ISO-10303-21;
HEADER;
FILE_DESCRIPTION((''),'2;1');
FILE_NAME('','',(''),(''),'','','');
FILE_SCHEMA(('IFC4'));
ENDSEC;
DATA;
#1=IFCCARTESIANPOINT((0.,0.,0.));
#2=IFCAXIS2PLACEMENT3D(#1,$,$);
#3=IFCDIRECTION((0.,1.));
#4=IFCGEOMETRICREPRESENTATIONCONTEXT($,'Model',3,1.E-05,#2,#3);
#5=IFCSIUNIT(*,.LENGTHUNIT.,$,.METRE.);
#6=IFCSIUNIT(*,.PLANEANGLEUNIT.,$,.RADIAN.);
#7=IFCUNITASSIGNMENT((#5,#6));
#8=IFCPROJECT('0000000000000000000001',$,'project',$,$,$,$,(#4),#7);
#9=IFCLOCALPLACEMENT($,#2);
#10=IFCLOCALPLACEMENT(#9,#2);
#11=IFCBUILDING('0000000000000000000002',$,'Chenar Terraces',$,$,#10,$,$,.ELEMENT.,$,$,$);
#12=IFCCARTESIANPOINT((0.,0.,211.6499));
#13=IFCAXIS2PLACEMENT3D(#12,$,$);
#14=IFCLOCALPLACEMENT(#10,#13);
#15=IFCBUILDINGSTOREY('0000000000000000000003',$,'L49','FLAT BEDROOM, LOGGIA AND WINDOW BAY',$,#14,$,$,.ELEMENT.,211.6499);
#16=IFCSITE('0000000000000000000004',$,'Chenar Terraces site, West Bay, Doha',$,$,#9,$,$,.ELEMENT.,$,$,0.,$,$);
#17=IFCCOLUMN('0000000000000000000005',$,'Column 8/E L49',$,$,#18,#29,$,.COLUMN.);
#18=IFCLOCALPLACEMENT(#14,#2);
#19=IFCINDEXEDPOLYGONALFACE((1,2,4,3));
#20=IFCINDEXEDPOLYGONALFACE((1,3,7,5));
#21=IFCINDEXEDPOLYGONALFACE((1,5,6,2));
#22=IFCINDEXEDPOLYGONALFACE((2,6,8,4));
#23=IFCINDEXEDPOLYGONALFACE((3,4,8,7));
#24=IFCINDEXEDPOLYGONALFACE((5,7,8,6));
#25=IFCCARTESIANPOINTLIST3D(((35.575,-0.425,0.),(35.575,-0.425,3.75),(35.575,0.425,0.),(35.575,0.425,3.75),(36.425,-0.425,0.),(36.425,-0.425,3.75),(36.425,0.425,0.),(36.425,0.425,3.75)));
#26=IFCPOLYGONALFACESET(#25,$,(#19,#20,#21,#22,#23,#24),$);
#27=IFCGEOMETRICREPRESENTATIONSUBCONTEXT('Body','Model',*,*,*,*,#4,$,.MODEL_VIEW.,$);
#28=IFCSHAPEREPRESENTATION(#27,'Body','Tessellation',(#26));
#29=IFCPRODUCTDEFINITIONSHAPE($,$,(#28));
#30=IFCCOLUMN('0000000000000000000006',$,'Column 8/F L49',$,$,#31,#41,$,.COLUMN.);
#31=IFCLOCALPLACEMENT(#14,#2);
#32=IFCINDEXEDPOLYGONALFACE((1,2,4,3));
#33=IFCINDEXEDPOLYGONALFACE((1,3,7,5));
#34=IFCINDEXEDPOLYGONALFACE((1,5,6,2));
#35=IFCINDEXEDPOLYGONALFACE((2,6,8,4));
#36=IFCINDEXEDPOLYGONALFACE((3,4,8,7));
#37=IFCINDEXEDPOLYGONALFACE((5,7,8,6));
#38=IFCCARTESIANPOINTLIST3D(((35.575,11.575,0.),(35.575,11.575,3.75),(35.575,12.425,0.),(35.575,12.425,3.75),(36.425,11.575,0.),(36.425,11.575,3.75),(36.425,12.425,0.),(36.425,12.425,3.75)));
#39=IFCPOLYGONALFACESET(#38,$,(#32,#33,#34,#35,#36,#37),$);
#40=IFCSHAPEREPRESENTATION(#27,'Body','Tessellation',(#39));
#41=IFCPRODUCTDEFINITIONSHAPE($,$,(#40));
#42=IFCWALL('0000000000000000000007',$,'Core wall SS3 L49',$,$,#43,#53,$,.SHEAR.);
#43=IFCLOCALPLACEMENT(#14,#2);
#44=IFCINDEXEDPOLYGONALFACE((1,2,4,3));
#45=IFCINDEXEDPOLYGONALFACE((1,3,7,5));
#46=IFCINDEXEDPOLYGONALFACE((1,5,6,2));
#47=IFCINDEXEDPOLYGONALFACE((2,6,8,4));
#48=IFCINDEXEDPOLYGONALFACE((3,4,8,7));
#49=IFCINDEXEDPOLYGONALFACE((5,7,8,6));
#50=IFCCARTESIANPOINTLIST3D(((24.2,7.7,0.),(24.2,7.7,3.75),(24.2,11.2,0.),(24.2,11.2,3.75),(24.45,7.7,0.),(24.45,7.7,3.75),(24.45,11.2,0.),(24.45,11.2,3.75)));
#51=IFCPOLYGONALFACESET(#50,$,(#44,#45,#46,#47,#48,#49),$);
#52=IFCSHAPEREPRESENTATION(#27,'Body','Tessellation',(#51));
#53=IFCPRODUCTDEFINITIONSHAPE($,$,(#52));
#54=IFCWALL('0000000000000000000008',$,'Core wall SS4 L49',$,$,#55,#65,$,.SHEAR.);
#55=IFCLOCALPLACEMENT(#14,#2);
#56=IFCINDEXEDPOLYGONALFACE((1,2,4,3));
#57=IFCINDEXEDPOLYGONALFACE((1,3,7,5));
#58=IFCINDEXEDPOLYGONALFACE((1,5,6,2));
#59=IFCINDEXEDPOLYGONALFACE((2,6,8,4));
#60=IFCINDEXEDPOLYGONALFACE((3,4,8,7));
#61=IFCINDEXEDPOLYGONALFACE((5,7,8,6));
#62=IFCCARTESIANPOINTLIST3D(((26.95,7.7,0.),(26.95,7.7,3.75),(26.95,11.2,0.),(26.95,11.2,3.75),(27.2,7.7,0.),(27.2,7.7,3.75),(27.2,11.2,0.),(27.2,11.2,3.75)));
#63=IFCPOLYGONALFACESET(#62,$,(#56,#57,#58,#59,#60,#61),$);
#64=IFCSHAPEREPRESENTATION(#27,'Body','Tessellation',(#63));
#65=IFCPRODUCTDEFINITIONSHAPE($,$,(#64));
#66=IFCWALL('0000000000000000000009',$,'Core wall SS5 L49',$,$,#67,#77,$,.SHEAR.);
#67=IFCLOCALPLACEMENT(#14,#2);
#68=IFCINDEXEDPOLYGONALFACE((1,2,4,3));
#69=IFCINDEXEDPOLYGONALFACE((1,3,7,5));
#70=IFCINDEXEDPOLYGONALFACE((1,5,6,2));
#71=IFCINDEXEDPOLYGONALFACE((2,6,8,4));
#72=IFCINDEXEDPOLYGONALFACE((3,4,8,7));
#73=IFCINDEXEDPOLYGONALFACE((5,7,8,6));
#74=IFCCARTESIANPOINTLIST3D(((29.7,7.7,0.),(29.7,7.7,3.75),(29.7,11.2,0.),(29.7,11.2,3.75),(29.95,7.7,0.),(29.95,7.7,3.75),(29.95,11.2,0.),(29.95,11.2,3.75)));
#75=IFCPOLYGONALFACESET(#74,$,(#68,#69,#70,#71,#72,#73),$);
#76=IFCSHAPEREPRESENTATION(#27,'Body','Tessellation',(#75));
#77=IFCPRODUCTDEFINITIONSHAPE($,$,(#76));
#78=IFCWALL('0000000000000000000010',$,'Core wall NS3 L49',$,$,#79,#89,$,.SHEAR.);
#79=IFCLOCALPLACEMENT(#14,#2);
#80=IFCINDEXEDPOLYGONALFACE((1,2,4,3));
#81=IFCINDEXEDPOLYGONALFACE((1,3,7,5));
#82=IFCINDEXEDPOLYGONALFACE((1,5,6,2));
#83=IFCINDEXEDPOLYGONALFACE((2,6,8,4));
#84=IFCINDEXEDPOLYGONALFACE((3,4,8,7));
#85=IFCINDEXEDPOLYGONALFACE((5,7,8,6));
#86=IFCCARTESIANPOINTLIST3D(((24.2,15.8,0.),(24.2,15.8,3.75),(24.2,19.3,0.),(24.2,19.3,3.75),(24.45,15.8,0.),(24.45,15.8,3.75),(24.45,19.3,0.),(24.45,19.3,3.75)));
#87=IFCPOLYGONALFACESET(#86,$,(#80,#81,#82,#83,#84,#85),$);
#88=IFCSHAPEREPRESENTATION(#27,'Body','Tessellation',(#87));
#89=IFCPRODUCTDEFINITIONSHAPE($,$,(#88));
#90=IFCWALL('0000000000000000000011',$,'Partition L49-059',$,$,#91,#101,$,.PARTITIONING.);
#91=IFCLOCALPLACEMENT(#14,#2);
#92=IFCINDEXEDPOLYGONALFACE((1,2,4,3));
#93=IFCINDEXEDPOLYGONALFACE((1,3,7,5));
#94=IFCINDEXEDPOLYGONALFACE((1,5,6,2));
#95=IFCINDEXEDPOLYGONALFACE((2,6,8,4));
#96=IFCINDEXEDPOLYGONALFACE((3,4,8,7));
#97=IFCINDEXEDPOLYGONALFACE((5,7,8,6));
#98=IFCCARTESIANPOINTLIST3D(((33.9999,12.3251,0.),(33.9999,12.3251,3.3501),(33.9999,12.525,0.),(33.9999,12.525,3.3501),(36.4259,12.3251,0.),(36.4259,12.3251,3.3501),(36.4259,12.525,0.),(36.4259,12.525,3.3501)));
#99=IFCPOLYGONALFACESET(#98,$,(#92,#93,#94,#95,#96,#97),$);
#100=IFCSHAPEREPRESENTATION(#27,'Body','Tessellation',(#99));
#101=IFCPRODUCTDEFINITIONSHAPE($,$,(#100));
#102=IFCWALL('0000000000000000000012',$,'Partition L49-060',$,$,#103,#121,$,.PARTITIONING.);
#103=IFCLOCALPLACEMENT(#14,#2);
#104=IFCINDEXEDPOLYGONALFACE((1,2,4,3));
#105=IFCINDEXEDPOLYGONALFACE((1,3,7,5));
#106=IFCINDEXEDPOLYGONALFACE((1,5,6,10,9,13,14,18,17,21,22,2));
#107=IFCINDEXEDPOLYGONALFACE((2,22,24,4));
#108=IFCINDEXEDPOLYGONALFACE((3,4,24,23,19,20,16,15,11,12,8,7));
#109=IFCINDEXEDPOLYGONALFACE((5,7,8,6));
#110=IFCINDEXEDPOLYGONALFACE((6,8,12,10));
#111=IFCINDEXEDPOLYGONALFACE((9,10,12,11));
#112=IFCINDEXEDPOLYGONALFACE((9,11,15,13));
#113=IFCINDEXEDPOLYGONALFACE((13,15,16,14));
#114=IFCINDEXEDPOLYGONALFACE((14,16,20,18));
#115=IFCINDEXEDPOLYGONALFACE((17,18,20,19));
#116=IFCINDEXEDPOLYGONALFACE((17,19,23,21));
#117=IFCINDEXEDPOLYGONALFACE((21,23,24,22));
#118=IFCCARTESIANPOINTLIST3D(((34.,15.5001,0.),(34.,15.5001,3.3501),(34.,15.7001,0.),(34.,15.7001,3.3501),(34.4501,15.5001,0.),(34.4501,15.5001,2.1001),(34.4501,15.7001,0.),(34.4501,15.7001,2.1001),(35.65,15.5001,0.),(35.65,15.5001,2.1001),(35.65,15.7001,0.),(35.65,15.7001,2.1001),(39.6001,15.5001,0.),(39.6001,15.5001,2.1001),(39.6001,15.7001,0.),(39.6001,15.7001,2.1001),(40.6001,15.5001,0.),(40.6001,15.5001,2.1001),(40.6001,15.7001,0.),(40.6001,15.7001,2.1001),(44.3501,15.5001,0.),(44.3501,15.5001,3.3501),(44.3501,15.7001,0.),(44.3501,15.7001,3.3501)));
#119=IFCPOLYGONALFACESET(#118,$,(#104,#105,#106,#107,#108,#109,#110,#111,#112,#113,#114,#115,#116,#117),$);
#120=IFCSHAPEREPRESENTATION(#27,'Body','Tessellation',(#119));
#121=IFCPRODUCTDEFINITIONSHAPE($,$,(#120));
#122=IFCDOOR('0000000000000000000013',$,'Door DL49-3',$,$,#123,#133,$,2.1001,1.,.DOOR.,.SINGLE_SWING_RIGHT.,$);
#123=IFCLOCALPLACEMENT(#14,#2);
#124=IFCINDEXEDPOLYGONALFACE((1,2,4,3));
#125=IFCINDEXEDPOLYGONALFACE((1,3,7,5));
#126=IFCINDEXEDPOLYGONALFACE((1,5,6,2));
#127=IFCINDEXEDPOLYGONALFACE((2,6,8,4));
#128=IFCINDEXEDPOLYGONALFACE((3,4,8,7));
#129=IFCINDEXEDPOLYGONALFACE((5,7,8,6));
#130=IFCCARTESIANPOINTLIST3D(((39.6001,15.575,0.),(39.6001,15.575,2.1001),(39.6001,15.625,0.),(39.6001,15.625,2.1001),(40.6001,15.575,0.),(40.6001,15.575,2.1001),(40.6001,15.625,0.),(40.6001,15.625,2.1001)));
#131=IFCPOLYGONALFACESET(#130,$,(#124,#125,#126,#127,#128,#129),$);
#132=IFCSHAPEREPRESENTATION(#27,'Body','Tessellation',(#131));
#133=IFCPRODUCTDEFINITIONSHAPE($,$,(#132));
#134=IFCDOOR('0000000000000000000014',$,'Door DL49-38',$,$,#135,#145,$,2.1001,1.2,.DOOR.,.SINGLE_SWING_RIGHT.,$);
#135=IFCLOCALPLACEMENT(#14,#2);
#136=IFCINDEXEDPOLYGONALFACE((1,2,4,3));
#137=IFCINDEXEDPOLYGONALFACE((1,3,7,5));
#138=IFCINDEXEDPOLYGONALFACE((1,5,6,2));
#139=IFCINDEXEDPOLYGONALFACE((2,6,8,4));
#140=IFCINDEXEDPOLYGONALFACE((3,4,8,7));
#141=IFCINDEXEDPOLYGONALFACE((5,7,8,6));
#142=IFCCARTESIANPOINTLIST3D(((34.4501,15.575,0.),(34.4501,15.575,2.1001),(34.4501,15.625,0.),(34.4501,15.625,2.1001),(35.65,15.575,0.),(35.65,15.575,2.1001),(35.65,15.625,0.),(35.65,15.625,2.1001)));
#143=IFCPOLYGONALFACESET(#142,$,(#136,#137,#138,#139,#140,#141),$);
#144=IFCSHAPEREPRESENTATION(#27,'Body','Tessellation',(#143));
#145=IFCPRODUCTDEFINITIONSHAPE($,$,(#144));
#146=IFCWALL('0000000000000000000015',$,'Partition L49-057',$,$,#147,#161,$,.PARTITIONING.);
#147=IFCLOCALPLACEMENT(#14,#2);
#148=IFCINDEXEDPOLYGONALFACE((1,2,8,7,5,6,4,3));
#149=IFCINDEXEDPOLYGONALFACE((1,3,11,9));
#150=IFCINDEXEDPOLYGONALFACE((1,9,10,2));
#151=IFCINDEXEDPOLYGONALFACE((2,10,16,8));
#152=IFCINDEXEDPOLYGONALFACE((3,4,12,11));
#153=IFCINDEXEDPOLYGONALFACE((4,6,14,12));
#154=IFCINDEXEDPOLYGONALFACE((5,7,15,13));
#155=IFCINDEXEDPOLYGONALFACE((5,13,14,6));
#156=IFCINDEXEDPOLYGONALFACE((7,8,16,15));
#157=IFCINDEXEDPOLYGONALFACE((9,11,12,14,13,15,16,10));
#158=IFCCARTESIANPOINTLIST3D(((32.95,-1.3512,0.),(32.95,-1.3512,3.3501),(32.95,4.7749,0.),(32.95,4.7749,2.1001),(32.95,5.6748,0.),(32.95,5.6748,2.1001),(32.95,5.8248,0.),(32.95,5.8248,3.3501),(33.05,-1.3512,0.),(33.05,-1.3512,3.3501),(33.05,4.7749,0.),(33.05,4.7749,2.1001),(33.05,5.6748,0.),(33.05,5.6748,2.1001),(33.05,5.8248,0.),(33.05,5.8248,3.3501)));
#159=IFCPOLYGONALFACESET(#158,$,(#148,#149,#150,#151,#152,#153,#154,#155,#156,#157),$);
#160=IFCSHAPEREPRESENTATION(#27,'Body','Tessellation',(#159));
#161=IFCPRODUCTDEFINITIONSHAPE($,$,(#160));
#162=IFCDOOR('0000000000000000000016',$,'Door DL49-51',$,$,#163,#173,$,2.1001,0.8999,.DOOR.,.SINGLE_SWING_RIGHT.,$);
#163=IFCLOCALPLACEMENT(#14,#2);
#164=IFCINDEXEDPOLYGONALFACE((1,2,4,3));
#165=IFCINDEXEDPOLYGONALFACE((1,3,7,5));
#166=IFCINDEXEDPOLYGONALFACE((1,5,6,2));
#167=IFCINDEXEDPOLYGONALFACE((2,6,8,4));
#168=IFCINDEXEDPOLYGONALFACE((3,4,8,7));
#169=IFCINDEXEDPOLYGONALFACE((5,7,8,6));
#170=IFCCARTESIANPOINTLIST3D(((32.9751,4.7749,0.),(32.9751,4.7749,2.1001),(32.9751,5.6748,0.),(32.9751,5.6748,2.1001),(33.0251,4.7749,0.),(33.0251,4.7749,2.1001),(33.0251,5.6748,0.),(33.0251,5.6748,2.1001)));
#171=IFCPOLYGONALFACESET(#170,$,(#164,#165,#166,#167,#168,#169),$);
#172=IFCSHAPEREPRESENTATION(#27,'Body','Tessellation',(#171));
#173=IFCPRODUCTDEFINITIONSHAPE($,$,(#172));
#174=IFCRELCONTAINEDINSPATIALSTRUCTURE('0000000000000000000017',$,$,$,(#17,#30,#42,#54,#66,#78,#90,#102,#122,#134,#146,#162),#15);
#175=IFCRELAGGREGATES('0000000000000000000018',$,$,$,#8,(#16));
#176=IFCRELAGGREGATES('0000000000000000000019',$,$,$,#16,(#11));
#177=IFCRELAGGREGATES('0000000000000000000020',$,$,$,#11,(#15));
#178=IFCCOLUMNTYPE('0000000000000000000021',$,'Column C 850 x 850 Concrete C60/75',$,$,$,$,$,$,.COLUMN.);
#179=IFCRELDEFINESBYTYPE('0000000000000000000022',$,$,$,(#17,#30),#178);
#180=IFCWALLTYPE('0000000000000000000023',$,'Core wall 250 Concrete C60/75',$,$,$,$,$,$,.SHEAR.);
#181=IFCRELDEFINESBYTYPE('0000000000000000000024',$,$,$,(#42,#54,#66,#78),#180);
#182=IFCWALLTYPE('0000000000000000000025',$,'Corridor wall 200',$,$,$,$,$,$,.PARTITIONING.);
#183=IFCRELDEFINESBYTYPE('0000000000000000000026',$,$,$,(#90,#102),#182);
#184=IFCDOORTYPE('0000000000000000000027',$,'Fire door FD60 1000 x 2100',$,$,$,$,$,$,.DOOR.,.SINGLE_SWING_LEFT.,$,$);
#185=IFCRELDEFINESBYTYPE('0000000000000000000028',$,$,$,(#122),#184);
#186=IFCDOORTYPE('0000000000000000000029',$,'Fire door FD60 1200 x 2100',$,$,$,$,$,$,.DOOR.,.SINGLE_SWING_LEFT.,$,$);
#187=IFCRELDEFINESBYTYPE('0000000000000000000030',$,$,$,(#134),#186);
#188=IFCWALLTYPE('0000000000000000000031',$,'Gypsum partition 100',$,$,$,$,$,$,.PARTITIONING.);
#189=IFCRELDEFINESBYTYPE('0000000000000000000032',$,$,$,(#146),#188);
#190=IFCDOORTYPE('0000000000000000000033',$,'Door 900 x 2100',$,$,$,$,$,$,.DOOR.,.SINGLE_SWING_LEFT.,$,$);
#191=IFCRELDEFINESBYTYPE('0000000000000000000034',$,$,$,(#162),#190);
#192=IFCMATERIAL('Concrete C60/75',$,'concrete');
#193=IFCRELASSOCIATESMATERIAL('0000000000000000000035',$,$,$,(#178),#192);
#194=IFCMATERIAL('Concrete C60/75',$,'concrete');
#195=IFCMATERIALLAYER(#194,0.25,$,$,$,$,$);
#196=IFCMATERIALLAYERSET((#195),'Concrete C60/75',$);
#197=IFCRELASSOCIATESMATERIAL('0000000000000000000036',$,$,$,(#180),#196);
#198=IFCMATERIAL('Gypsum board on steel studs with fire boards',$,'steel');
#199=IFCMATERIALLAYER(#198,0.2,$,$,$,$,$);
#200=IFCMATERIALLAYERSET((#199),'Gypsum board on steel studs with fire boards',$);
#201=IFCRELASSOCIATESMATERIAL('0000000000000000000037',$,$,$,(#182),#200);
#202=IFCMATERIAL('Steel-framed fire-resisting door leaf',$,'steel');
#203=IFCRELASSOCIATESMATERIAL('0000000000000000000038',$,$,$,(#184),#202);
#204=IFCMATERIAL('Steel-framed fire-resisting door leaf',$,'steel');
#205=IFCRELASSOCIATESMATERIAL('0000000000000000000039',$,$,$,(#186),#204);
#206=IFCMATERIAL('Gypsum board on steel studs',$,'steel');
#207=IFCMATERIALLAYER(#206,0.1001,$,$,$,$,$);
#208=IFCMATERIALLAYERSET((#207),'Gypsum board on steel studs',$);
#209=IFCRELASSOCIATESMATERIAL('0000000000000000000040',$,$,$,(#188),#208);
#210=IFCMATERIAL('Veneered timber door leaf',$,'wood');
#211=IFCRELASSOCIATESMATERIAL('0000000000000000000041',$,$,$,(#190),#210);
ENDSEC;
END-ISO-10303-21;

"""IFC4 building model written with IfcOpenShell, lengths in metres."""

from ifc_helpers import new_model, si_unit, direction, frame, frame_2d, origin, origin_2d, place, context, subcontext, project, spatial, rectangle, extrude, material, layer, layer_set, material_profile, profile_set, type_object, element, fill, save


model = new_model("IFC4")

# Units and contexts
model_context = context("Model", 3, precision=1e-05, world=origin(), true_north=direction((0.0, 1.0)))
body_context = subcontext(model_context, "Body", "Model", "MODEL_VIEW")
ifc_project = project(units=[si_unit("LENGTHUNIT", "METRE"), si_unit("PLANEANGLEUNIT", "RADIAN")], contexts=[model_context])

# Site, building, storey
site_placement = place(None, origin())
site = spatial("IfcSite", under=ifc_project, at=site_placement, Name="Chenar Terraces site, West Bay, Doha", CompositionType="ELEMENT", RefElevation=0.0)
building_placement = place(site_placement, origin())
building = spatial("IfcBuilding", under=site, at=building_placement, Name="Chenar Terraces", CompositionType="ELEMENT")
storey_placement = place(building_placement, frame((0.0, 0.0, 211.6499)))
storey = spatial("IfcBuildingStorey", under=building, at=storey_placement, Name="L49", Description="FLAT BEDROOM, LOGGIA AND WINDOW BAY", CompositionType="ELEMENT", Elevation=211.6499)

# Columns
ifc_material_1 = material(Name="Concrete C60/75", Category="concrete")
ifc_material_profile_1 = material_profile(ifc_material_1, rectangle(XDim=0.8501, YDim=0.8501, at=origin_2d()), Name="C 850 x 850")
ifc_profile_set_1 = profile_set([ifc_material_profile_1], Name="Concrete C60/75")
column_type = type_object("IfcColumnType", Name="Column C 850 x 850 Concrete C60/75", PredefinedType="COLUMN", material=ifc_profile_set_1)
for number, where, z_axis, x_axis, name in (
    (1, (36.0, 0.0, 0.0), (0.0, 0.0, 1.0), (1.0, 0.0, 0.0), "Column 8/E L49"),
    (2, (36.0, 12.0, 0.0), (0.0, 0.0, 1.0), (1.0, 0.0, 0.0), "Column 8/F L49"),
):
    element("IfcColumn", number, at=place(storey_placement, frame(where, z_axis=z_axis, x_axis=x_axis)), inside=storey, type_object=column_type, Name=name, PredefinedType="COLUMN", context=body_context, shape_type="SweptSolid", body=[
        extrude(rectangle(XDim=0.8501, YDim=0.8501, at=origin_2d()), origin(), (0.0, 0.0, 1.0), 3.75),
    ])

# Walls
ifc_material_2 = material(Name="Concrete C60/75", Category="concrete")
ifc_layer_1 = layer(ifc_material_2, 0.25)
ifc_layer_set_1 = layer_set([ifc_layer_1], Name="Concrete C60/75")
wall_type_1 = type_object("IfcWallType", Name="Core wall 250 Concrete C60/75", PredefinedType="SHEAR", material=ifc_layer_set_1)
for number, where, z_axis, x_axis, name in (
    (3, (24.325, 7.7, 0.0), (0.0, 0.0, 1.0), (0.0, 1.0, 0.0), "Core wall SS3 L49"),
    (4, (27.075, 7.7, 0.0), (0.0, 0.0, 1.0), (0.0, 1.0, 0.0), "Core wall SS4 L49"),
    (5, (29.825, 7.7, 0.0), (0.0, 0.0, 1.0), (0.0, 1.0, 0.0), "Core wall SS5 L49"),
    (6, (24.325, 15.8, 0.0), (0.0, 0.0, 1.0), (0.0, 1.0, 0.0), "Core wall NS3 L49"),
):
    element("IfcWall", number, at=place(storey_placement, frame(where, z_axis=z_axis, x_axis=x_axis)), inside=storey, type_object=wall_type_1, Name=name, PredefinedType="SHEAR", context=body_context, shape_type="SweptSolid", body=[
        extrude(rectangle(XDim=3.5, YDim=0.25, at=frame_2d((1.75, 0.0))), origin(), (0.0, 0.0, 1.0), 3.75),
    ])

# Wall
ifc_material_3 = material(Name="Gypsum board on steel studs with fire boards", Category="steel")
ifc_layer_2 = layer(ifc_material_3, 0.2)
ifc_layer_set_2 = layer_set([ifc_layer_2], Name="Gypsum board on steel studs with fire boards")
wall_type_2 = type_object("IfcWallType", Name="Corridor wall 200", PredefinedType="PARTITIONING", material=ifc_layer_set_2)
wall_1_placement = place(storey_placement, frame((34.0, 12.425, 0.0), z_axis=(0.0, 0.0, 1.0), x_axis=(1.0, 0.0, 0.0)))
element("IfcWall", 7, at=wall_1_placement, inside=storey, type_object=wall_type_2, Name="Partition L49-059", PredefinedType="PARTITIONING", context=body_context, shape_type="SweptSolid", body=[
    extrude(rectangle(XDim=2.426, YDim=0.2, at=frame_2d((1.2129, 0.0))), origin(), (0.0, 0.0, 1.0), 3.3501),
])

# Wall, openings, doors
wall_2_placement = place(storey_placement, frame((34.0, 15.6001, 0.0), z_axis=(0.0, 0.0, 1.0), x_axis=(1.0, 0.0, 0.0)))
wall_2 = element("IfcWall", 8, at=wall_2_placement, inside=storey, type_object=wall_type_2, Name="Partition L49-060", PredefinedType="PARTITIONING", context=body_context, shape_type="SweptSolid", body=[
    extrude(rectangle(XDim=10.3501, YDim=0.2, at=frame_2d((5.175, 0.0))), origin(), (0.0, 0.0, 1.0), 3.3501),
])
opening_1_placement = place(wall_2_placement, frame((5.6001, 0.0, 0.0)))
opening_1 = element("IfcOpeningElement", 9, at=opening_1_placement, cuts=wall_2, PredefinedType="OPENING", context=body_context, shape_type="SweptSolid", body=[
    extrude(rectangle(XDim=1.0, YDim=2.1001, at=frame_2d((0.5, 1.05))), frame((0.0, 0.1099, 0.0), z_axis=(0.0, -1.0, 0.0), x_axis=(1.0, 0.0, 0.0)), (0.0, 0.0, 1.0), 0.22),
])
opening_2_placement = place(wall_2_placement, frame((0.45, 0.0, 0.0)))
opening_2 = element("IfcOpeningElement", 10, at=opening_2_placement, cuts=wall_2, PredefinedType="OPENING", context=body_context, shape_type="SweptSolid", body=[
    extrude(rectangle(XDim=1.2, YDim=2.1001, at=frame_2d((0.6001, 1.05))), frame((0.0, 0.1099, 0.0), z_axis=(0.0, -1.0, 0.0), x_axis=(1.0, 0.0, 0.0)), (0.0, 0.0, 1.0), 0.22),
])
ifc_material_4 = material(Name="Steel-framed fire-resisting door leaf", Category="steel")
door_type_1 = type_object("IfcDoorType", Name="Fire door FD60 1000 x 2100", OperationType="SINGLE_SWING_LEFT", PredefinedType="DOOR", material=ifc_material_4)
door_1_placement = place(opening_1_placement, origin())
door_1 = element("IfcDoor", 11, at=door_1_placement, inside=storey, type_object=door_type_1, Name="Door DL49-3", OperationType="SINGLE_SWING_RIGHT", OverallHeight=2.1001, OverallWidth=1.0, PredefinedType="DOOR", context=body_context, shape_type="SweptSolid", body=[
    extrude(rectangle(XDim=1.0, YDim=2.1001, at=frame_2d((0.5, 1.05))), frame((0.0, 0.0249, 0.0), z_axis=(0.0, -1.0, 0.0), x_axis=(1.0, 0.0, 0.0)), (0.0, 0.0, 1.0), 0.05),
])
fill(opening_1, door_1)
ifc_material_5 = material(Name="Steel-framed fire-resisting door leaf", Category="steel")
door_type_2 = type_object("IfcDoorType", Name="Fire door FD60 1200 x 2100", OperationType="SINGLE_SWING_LEFT", PredefinedType="DOOR", material=ifc_material_5)
door_2_placement = place(opening_2_placement, origin())
door_2 = element("IfcDoor", 12, at=door_2_placement, inside=storey, type_object=door_type_2, Name="Door DL49-38", OperationType="SINGLE_SWING_RIGHT", OverallHeight=2.1001, OverallWidth=1.2, PredefinedType="DOOR", context=body_context, shape_type="SweptSolid", body=[
    extrude(rectangle(XDim=1.2, YDim=2.1001, at=frame_2d((0.6001, 1.05))), frame((0.0, 0.0249, 0.0), z_axis=(0.0, -1.0, 0.0), x_axis=(1.0, 0.0, 0.0)), (0.0, 0.0, 1.0), 0.05),
])
fill(opening_2, door_2)

# Wall, opening, door
ifc_material_6 = material(Name="Gypsum board on steel studs", Category="steel")
ifc_layer_3 = layer(ifc_material_6, 0.1001)
ifc_layer_set_3 = layer_set([ifc_layer_3], Name="Gypsum board on steel studs")
wall_type_3 = type_object("IfcWallType", Name="Gypsum partition 100", PredefinedType="PARTITIONING", material=ifc_layer_set_3)
wall_3_placement = place(storey_placement, frame((33.0, -1.3511, 0.0), z_axis=(0.0, 0.0, 1.0), x_axis=(0.0, 1.0, 0.0)))
wall_3 = element("IfcWall", 13, at=wall_3_placement, inside=storey, type_object=wall_type_3, Name="Partition L49-057", PredefinedType="PARTITIONING", context=body_context, shape_type="SweptSolid", body=[
    extrude(rectangle(XDim=7.176, YDim=0.1001, at=frame_2d((3.5879, 0.0))), origin(), (0.0, 0.0, 1.0), 3.3501),
])
opening_3_placement = place(wall_3_placement, frame((6.126, 0.0, 0.0)))
opening_3 = element("IfcOpeningElement", 14, at=opening_3_placement, cuts=wall_3, PredefinedType="OPENING", context=body_context, shape_type="SweptSolid", body=[
    extrude(rectangle(XDim=0.8999, YDim=2.1001, at=frame_2d((0.45, 1.05))), frame((0.0, 0.0601, 0.0), z_axis=(0.0, -1.0, 0.0), x_axis=(1.0, 0.0, 0.0)), (0.0, 0.0, 1.0), 0.1201),
])
ifc_material_7 = material(Name="Veneered timber door leaf", Category="wood")
door_type_3 = type_object("IfcDoorType", Name="Door 900 x 2100", OperationType="SINGLE_SWING_LEFT", PredefinedType="DOOR", material=ifc_material_7)
door_3_placement = place(opening_3_placement, origin())
door_3 = element("IfcDoor", 15, at=door_3_placement, inside=storey, type_object=door_type_3, Name="Door DL49-51", OperationType="SINGLE_SWING_RIGHT", OverallHeight=2.1001, OverallWidth=0.8999, PredefinedType="DOOR", context=body_context, shape_type="SweptSolid", body=[
    extrude(rectangle(XDim=0.8999, YDim=2.1001, at=frame_2d((0.45, 1.05))), frame((0.0, 0.0249, 0.0), z_axis=(0.0, -1.0, 0.0), x_axis=(1.0, 0.0, 0.0)), (0.0, 0.0, 1.0), 0.05),
])
fill(opening_3, door_3)

save(model, "model.ifc")
